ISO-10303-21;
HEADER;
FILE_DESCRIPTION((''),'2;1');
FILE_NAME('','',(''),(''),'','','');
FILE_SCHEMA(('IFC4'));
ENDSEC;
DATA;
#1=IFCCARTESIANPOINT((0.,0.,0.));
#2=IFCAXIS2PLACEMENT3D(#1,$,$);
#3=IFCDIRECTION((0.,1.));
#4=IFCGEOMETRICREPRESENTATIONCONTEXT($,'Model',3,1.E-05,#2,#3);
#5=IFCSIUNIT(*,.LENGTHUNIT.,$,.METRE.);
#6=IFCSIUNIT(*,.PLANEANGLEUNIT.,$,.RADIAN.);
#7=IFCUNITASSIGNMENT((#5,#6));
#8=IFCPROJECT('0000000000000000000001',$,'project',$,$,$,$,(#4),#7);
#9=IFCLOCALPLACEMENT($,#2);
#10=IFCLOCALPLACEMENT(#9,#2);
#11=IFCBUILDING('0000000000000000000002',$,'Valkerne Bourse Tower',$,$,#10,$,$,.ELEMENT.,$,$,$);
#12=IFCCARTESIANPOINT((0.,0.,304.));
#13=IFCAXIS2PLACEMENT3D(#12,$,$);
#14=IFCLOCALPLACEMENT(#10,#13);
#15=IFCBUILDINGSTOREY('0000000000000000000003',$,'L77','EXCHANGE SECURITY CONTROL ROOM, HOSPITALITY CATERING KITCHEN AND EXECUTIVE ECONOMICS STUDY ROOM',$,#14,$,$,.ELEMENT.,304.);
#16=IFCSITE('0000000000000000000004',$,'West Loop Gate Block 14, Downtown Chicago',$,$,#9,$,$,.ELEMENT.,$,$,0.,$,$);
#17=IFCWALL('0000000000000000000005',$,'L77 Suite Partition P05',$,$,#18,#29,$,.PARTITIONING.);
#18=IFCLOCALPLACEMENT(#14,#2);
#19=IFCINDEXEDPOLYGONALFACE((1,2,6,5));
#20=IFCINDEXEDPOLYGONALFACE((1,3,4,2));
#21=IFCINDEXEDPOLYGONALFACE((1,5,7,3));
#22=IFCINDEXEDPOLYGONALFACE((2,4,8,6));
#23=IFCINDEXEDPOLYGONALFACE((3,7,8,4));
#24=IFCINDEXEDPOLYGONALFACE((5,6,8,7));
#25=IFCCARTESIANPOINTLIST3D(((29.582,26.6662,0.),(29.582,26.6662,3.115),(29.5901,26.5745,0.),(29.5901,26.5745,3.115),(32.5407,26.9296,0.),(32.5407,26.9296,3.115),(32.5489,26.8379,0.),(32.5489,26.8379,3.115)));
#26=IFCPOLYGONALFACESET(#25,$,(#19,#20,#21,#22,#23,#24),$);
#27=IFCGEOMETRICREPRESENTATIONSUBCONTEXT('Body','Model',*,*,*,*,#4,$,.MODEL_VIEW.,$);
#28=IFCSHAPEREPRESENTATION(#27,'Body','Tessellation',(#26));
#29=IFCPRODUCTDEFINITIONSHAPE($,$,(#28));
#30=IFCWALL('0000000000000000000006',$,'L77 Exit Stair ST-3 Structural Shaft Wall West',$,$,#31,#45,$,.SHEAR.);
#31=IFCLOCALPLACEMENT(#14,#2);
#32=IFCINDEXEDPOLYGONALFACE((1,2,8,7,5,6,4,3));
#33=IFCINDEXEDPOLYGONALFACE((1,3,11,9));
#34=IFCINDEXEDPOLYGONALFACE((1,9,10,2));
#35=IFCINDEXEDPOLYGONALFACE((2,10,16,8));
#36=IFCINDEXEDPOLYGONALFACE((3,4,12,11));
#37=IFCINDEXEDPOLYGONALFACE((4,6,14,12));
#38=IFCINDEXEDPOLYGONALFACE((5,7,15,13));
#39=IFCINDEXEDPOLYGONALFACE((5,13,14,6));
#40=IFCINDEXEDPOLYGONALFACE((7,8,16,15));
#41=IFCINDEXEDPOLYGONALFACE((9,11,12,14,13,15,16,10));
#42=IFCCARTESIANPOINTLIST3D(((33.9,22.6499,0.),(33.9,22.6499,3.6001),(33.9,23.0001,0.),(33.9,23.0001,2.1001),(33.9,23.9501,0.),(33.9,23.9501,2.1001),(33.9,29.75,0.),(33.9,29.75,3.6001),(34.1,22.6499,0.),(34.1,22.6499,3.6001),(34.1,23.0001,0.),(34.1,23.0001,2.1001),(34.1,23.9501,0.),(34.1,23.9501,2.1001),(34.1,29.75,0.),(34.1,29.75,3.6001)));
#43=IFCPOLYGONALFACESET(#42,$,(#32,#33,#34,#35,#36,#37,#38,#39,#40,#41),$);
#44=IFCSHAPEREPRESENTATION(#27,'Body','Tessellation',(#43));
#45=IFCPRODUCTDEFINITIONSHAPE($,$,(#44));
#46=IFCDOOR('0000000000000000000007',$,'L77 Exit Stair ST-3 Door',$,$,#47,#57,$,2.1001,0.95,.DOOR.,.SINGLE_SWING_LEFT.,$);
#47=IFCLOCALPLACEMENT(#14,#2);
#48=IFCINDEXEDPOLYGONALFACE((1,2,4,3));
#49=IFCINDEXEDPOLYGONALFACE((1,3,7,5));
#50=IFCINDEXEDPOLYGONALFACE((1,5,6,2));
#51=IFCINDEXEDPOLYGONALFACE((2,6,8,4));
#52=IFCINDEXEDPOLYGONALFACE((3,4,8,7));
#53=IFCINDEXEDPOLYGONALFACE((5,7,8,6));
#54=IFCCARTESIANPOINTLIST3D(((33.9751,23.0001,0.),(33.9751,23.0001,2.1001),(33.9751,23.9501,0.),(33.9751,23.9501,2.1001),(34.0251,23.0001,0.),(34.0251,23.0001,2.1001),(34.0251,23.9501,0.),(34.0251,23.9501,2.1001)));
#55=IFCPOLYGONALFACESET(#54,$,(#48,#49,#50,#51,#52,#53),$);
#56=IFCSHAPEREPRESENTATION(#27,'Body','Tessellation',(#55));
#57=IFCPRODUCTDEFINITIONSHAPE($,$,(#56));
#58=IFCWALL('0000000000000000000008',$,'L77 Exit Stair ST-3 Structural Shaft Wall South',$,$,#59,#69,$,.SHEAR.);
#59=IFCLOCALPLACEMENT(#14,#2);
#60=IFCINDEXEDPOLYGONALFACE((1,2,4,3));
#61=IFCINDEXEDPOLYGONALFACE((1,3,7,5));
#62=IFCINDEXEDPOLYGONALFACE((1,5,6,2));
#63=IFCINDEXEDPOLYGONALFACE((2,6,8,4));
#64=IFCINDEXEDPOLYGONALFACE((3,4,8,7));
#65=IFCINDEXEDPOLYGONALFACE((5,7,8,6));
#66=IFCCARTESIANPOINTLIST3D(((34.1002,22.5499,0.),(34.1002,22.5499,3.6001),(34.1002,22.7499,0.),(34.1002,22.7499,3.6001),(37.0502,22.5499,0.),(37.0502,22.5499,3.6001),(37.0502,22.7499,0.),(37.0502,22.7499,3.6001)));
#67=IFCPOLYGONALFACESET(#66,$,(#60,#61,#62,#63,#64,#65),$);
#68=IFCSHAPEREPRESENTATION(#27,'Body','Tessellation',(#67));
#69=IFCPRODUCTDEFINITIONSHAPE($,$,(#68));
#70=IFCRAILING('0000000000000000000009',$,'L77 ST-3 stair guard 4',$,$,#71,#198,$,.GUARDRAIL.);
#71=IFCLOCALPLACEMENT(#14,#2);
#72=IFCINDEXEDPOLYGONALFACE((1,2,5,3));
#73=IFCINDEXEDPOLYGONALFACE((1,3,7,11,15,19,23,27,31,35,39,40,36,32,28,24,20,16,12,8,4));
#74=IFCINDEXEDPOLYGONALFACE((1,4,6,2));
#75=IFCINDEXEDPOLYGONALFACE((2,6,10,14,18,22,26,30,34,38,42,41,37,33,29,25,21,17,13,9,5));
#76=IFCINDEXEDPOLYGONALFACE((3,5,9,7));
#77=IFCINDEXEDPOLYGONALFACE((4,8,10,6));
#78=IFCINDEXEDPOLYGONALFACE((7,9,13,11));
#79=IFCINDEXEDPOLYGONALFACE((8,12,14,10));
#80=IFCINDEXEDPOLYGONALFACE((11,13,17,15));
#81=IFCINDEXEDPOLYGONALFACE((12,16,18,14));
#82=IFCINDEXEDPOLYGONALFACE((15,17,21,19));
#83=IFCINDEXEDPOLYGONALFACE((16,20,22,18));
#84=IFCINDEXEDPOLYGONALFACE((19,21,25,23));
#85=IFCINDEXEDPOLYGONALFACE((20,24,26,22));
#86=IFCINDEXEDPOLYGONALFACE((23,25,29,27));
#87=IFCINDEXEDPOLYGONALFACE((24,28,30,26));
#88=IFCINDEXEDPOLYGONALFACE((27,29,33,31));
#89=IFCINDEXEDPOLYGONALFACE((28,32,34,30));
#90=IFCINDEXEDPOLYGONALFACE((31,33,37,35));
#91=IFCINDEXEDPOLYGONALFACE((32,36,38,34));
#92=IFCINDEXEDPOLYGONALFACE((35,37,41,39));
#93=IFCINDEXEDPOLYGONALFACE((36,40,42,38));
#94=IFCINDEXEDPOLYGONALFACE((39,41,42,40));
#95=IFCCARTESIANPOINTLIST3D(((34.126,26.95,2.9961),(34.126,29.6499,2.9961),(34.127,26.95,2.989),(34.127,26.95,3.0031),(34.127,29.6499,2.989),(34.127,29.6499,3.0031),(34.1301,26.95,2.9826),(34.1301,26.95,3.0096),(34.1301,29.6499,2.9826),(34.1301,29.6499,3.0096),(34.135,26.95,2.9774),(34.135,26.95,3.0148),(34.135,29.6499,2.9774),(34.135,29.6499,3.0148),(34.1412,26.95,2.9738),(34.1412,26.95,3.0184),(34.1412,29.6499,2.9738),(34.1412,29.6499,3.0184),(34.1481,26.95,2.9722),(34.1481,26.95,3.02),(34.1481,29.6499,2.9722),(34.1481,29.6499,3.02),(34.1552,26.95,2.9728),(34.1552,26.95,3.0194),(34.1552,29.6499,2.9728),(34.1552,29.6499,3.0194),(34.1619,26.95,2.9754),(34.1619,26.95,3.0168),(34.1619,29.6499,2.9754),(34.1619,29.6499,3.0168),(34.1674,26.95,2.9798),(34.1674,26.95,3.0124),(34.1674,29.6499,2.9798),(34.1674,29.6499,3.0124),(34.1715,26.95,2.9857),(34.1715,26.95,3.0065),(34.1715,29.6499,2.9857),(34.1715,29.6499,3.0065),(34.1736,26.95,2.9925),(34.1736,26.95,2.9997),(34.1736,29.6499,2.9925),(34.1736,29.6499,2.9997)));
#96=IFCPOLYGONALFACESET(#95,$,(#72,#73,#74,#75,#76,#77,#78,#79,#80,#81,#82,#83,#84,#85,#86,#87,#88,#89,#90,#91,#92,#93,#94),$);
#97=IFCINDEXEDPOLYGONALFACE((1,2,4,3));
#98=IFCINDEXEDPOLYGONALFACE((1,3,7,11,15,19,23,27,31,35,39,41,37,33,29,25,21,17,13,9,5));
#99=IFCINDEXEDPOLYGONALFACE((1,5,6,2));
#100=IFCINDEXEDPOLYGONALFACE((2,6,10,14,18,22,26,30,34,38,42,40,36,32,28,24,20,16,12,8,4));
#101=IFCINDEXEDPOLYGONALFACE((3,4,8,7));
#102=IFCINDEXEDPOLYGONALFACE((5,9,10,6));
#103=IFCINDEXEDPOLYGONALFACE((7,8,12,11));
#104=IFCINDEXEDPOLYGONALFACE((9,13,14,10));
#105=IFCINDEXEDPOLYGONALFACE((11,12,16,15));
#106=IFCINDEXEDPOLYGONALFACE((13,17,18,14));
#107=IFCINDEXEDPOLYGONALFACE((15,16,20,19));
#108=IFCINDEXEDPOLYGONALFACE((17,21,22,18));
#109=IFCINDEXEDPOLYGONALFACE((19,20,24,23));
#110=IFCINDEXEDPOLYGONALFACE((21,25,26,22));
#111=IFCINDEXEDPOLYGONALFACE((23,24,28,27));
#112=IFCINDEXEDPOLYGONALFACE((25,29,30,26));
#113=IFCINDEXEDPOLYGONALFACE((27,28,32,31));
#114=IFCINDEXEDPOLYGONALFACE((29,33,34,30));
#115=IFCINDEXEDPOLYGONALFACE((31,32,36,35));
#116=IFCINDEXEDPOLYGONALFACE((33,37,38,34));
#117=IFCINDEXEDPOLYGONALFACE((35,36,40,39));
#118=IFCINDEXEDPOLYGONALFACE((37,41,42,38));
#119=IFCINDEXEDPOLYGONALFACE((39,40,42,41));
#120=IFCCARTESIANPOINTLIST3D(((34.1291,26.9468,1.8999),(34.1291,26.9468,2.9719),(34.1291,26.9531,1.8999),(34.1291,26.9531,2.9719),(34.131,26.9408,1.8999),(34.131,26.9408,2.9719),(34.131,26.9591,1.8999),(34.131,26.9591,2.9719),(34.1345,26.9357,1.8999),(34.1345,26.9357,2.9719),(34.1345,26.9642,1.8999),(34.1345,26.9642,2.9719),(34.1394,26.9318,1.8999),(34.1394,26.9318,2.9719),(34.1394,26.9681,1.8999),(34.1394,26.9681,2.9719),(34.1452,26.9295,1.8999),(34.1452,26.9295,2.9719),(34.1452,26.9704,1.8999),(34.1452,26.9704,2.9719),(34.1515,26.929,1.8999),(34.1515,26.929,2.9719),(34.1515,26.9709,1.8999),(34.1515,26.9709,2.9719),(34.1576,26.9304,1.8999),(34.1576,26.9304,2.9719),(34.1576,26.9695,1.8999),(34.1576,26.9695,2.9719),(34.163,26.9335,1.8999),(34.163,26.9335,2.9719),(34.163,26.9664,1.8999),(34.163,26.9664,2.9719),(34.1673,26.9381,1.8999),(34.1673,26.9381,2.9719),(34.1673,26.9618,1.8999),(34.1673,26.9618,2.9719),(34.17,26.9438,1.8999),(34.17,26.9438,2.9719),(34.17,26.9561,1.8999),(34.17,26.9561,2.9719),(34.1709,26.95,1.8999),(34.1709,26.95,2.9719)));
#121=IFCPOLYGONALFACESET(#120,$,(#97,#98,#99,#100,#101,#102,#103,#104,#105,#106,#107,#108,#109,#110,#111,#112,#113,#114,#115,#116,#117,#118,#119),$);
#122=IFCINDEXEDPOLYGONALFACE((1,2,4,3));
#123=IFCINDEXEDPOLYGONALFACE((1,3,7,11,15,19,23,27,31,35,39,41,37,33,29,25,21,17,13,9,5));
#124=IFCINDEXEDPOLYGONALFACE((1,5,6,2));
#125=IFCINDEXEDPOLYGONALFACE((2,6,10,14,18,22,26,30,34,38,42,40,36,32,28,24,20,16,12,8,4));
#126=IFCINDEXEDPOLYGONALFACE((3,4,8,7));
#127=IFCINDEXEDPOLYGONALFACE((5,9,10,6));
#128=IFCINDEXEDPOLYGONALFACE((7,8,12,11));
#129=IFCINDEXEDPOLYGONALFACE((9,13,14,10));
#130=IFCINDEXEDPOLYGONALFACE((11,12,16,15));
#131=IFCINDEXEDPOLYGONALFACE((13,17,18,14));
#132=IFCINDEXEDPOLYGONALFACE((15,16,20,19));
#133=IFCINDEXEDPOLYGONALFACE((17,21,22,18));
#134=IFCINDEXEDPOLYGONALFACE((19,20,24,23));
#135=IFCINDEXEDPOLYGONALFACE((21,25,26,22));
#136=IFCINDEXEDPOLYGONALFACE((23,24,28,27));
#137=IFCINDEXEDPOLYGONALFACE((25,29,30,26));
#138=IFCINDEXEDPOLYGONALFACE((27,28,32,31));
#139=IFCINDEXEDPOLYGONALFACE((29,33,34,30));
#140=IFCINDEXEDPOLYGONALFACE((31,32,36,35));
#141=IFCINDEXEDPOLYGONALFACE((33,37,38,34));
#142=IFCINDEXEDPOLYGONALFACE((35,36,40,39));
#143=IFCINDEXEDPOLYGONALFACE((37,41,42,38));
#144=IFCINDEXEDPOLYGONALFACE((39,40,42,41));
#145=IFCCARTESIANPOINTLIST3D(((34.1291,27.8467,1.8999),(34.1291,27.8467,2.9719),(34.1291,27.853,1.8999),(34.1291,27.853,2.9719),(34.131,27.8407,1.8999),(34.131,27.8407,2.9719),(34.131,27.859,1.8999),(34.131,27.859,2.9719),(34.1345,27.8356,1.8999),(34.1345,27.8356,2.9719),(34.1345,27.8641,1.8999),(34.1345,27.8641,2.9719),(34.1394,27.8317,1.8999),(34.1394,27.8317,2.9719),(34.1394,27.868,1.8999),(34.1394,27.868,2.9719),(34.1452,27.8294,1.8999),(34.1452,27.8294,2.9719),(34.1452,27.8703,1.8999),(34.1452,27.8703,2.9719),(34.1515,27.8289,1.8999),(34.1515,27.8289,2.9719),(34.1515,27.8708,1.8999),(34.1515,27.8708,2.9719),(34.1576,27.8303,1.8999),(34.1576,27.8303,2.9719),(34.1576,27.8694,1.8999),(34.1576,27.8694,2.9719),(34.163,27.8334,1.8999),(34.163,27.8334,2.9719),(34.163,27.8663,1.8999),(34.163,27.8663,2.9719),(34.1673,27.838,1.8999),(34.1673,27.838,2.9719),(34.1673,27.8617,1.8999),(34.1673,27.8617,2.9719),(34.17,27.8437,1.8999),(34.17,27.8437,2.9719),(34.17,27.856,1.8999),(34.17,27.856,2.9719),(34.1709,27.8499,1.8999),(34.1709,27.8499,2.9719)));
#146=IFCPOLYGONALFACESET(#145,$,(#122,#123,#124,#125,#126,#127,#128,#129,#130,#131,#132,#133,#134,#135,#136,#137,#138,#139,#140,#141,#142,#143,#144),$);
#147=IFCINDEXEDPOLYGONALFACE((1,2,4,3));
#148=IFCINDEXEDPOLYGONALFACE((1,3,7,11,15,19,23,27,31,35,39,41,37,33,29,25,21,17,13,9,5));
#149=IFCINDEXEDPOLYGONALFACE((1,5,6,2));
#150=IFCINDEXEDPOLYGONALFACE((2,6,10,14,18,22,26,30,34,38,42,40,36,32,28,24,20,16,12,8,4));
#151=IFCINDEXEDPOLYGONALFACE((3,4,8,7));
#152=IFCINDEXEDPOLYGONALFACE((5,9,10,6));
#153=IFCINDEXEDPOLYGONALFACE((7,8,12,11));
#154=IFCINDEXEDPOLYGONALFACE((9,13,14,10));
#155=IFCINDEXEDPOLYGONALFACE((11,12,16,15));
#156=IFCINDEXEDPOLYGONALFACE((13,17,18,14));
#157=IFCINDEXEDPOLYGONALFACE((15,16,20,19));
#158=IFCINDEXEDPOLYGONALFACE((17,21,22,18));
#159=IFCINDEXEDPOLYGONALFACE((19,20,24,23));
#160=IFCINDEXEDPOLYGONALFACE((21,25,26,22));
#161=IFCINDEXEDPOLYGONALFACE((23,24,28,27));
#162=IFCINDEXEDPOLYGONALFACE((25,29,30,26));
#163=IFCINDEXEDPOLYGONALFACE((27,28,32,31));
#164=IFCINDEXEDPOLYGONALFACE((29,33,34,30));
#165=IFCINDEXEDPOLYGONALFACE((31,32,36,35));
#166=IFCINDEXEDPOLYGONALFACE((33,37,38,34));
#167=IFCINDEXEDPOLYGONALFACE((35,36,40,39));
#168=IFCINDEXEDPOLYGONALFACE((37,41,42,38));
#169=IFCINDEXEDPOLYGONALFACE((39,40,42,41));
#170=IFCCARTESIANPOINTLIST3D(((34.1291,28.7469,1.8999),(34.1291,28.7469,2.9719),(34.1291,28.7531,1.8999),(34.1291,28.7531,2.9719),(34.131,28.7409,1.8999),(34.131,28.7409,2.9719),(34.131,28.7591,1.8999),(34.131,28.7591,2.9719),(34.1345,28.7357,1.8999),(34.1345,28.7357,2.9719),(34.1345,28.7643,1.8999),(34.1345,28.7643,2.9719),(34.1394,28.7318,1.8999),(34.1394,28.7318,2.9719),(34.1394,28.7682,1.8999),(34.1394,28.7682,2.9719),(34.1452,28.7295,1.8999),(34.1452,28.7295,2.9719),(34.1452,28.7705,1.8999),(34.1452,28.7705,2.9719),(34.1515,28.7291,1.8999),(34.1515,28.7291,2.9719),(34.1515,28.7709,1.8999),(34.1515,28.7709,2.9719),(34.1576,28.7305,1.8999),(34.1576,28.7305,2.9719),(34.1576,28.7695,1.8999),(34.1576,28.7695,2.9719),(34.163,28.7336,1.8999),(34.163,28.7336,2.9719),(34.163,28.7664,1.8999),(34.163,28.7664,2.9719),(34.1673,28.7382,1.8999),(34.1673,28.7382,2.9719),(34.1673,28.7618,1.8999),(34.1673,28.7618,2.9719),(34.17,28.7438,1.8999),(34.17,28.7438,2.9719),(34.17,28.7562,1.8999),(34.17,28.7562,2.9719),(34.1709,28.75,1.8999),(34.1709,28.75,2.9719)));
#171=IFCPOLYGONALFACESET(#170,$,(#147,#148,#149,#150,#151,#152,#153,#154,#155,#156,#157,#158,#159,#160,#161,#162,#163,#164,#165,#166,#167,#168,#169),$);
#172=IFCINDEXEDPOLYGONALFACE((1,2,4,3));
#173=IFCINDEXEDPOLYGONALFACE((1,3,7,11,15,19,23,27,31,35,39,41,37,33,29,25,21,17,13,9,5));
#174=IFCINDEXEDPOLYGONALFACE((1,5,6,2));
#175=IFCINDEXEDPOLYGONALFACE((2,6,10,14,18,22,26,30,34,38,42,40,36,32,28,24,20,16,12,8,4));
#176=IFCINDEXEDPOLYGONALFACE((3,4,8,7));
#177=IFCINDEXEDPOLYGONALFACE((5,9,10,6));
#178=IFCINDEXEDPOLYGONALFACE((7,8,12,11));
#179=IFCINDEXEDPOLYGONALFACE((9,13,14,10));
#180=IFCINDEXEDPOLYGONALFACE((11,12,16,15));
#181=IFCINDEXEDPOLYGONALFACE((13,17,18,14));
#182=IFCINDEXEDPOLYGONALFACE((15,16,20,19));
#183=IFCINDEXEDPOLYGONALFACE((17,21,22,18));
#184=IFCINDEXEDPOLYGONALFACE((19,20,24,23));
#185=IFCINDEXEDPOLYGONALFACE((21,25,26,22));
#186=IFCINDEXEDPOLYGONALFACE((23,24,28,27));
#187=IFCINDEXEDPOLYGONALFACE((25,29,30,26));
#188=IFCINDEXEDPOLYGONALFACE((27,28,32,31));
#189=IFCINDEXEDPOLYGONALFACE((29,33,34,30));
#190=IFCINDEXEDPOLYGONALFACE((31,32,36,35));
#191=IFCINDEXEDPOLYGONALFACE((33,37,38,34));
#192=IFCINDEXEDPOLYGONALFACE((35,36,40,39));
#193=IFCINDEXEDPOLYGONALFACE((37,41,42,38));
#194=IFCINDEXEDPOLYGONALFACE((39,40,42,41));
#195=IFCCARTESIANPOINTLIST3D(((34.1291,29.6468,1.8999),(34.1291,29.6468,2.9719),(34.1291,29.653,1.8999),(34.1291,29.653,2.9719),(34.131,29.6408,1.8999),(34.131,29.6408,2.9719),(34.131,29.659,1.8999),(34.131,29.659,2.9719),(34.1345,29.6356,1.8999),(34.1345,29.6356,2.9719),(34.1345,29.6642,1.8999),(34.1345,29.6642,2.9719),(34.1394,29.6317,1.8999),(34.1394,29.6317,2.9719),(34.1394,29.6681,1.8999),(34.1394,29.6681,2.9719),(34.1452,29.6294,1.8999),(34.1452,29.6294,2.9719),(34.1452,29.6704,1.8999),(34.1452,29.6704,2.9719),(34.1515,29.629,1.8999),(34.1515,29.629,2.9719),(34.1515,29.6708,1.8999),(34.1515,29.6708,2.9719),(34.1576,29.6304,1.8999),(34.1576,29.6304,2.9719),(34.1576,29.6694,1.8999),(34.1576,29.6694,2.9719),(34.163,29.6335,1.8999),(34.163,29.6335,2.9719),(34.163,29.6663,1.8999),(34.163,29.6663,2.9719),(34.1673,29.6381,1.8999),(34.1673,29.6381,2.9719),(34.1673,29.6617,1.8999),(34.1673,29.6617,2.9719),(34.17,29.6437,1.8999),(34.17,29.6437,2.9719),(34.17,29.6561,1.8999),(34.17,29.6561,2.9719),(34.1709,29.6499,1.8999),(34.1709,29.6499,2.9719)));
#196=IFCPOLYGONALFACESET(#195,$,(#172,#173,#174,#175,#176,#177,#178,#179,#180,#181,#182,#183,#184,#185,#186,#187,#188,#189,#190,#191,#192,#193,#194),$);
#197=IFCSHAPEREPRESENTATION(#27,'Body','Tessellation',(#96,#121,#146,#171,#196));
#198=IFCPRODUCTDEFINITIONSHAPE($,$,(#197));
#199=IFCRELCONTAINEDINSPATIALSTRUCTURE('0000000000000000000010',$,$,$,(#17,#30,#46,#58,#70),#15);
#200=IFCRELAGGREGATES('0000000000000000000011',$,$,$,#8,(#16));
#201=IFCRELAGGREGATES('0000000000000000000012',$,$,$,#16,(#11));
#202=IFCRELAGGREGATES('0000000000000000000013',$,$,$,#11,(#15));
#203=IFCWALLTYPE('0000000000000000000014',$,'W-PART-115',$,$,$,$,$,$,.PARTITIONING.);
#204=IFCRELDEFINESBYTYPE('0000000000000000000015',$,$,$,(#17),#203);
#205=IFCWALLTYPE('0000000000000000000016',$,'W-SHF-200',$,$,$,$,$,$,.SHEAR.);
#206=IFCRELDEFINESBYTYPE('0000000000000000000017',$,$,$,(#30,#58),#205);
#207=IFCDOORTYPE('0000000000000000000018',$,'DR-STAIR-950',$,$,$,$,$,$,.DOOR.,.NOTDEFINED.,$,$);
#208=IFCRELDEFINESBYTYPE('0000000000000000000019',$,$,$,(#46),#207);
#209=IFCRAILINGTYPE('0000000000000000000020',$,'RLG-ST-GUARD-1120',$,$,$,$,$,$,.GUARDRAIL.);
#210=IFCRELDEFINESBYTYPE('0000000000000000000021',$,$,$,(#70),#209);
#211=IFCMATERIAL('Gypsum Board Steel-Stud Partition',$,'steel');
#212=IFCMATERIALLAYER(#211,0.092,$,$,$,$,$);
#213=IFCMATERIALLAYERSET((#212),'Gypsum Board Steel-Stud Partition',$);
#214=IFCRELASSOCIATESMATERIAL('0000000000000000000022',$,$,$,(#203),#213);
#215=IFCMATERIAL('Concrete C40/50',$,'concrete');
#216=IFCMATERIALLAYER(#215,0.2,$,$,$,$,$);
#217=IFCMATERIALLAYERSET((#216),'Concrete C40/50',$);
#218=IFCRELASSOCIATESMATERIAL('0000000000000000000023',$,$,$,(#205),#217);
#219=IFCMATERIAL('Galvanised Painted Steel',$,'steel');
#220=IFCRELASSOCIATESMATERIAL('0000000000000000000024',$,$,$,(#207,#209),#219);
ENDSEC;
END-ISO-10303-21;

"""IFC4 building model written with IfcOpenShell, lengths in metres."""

from ifc_helpers import new_model, si_unit, direction, frame, frame_2d, origin, origin_2d, place, context, subcontext, project, spatial, rectangle, circle, extrude, material, layer, layer_set, type_object, element, fill, save


model = new_model("IFC4")

# Units and contexts
model_context = context("Model", 3, precision=1e-05, world=origin(), true_north=direction((0.0, 1.0)))
body_context = subcontext(model_context, "Body", "Model", "MODEL_VIEW")
ifc_project = project(units=[si_unit("LENGTHUNIT", "METRE"), si_unit("PLANEANGLEUNIT", "RADIAN")], contexts=[model_context])

# Site, building, storey
site_placement = place(None, origin())
site = spatial("IfcSite", under=ifc_project, at=site_placement, Name="West Loop Gate Block 14, Downtown Chicago", CompositionType="ELEMENT", RefElevation=0.0)
building_placement = place(site_placement, origin())
building = spatial("IfcBuilding", under=site, at=building_placement, Name="Valkerne Bourse Tower", CompositionType="ELEMENT")
storey_placement = place(building_placement, frame((0.0, 0.0, 304.0)))
storey = spatial("IfcBuildingStorey", under=building, at=storey_placement, Name="L77", Description="EXCHANGE SECURITY CONTROL ROOM, HOSPITALITY CATERING KITCHEN AND EXECUTIVE ECONOMICS STUDY ROOM", CompositionType="ELEMENT", Elevation=304.0)

# Shared definitions
ifc_material_1 = material(Name="Gypsum Board Steel-Stud Partition", Category="steel")

# Wall
ifc_layer_1 = layer(ifc_material_1, 0.092)
ifc_layer_set_1 = layer_set([ifc_layer_1], Name="Gypsum Board Steel-Stud Partition")
wall_type_1 = type_object("IfcWallType", Name="W-PART-115", PredefinedType="PARTITIONING", material=ifc_layer_set_1)
wall_1_placement = place(storey_placement, frame((32.5449, 26.8838, 0.0), z_axis=(0.0, 0.0, 1.0), x_axis=(-0.99606, -0.088683, 0.0)))
element("IfcWall", 1, at=wall_1_placement, inside=storey, type_object=wall_type_1, Name="L77 Suite Partition P05", PredefinedType="PARTITIONING", context=body_context, shape_type="SweptSolid", body=[
    extrude(rectangle(XDim=2.9705, YDim=0.092, at=frame_2d((1.4854, 0.0))), origin(), (0.0, 0.0, 1.0), 3.115),
])

# Wall, opening, door
ifc_material_2 = material(Name="Concrete C40/50", Category="concrete")
ifc_layer_2 = layer(ifc_material_2, 0.2)
ifc_layer_set_2 = layer_set([ifc_layer_2], Name="Concrete C40/50")
wall_type_2 = type_object("IfcWallType", Name="W-SHF-200", PredefinedType="SHEAR", material=ifc_layer_set_2)
wall_2_placement = place(storey_placement, frame((34.0, 22.6499, 0.0), z_axis=(0.0, 0.0, 1.0), x_axis=(0.0, 1.0, 0.0)))
wall_2 = element("IfcWall", 2, at=wall_2_placement, inside=storey, type_object=wall_type_2, Name="L77 Exit Stair ST-3 Structural Shaft Wall West", PredefinedType="SHEAR", context=body_context, shape_type="SweptSolid", body=[
    extrude(rectangle(XDim=7.1001, YDim=0.2, at=frame_2d((3.55, 0.0))), origin(), (0.0, 0.0, 1.0), 3.6001),
])
opening_1_placement = place(wall_2_placement, frame((0.3501, 0.0, 0.0)))
opening_1 = element("IfcOpeningElement", 3, at=opening_1_placement, cuts=wall_2, PredefinedType="OPENING", context=body_context, shape_type="SweptSolid", body=[
    extrude(rectangle(XDim=0.95, YDim=2.1001, at=frame_2d((0.4751, 1.05))), frame((0.0, 0.1099, 0.0), z_axis=(0.0, -1.0, 0.0), x_axis=(1.0, 0.0, 0.0)), (0.0, 0.0, 1.0), 0.22),
])
ifc_material_3 = material(Name="Galvanised Painted Steel", Category="steel")
door_type_1 = type_object("IfcDoorType", Name="DR-STAIR-950", OperationType="NOTDEFINED", PredefinedType="DOOR", material=ifc_material_3)
door_1_placement = place(opening_1_placement, origin())
door_1 = element("IfcDoor", 4, at=door_1_placement, inside=storey, type_object=door_type_1, Name="L77 Exit Stair ST-3 Door", OperationType="SINGLE_SWING_LEFT", OverallHeight=2.1001, OverallWidth=0.95, PredefinedType="DOOR", context=body_context, shape_type="SweptSolid", body=[
    extrude(rectangle(XDim=0.95, YDim=2.1001, at=frame_2d((0.4751, 1.05))), frame((0.0, 0.0249, 0.0), z_axis=(0.0, -1.0, 0.0), x_axis=(1.0, 0.0, 0.0)), (0.0, 0.0, 1.0), 0.05),
])
fill(opening_1, door_1)

# Wall
wall_3_placement = place(storey_placement, frame((34.1001, 22.6499, 0.0), z_axis=(0.0, 0.0, 1.0), x_axis=(1.0, 0.0, 0.0)))
element("IfcWall", 5, at=wall_3_placement, inside=storey, type_object=wall_type_2, Name="L77 Exit Stair ST-3 Structural Shaft Wall South", PredefinedType="SHEAR", context=body_context, shape_type="SweptSolid", body=[
    extrude(rectangle(XDim=2.95, YDim=0.2, at=frame_2d((1.4751, 0.0))), origin(), (0.0, 0.0, 1.0), 3.6001),
])

# Railing
railing_type = type_object("IfcRailingType", Name="RLG-ST-GUARD-1120", PredefinedType="GUARDRAIL", material=ifc_material_3)
railing_1_placement = place(storey_placement, frame((34.1499, 26.95, 1.8999)))
element("IfcRailing", 6, at=railing_1_placement, inside=storey, type_object=railing_type, Name="L77 ST-3 stair guard 4", PredefinedType="GUARDRAIL", context=body_context, shape_type="SweptSolid", body=[
    extrude(circle(Radius=0.0239, at=origin_2d()), frame((0.0, 0.0, 1.0962), z_axis=(0.0, 1.0, 0.0), x_axis=(-1.0, 0.0, 0.0)), (0.0, 0.0, 1.0), 2.7),
    extrude(circle(Radius=0.021, at=origin_2d()), origin(), (0.0, 0.0, 1.0), 1.072),
    extrude(circle(Radius=0.021, at=origin_2d()), frame((0.0, 0.8999, 0.0)), (0.0, 0.0, 1.0), 1.072),
    extrude(circle(Radius=0.021, at=origin_2d()), frame((0.0, 1.8, 0.0)), (0.0, 0.0, 1.0), 1.072),
    extrude(circle(Radius=0.021, at=origin_2d()), frame((0.0, 2.7, 0.0)), (0.0, 0.0, 1.0), 1.072),
])

save(model, "model.ifc")
